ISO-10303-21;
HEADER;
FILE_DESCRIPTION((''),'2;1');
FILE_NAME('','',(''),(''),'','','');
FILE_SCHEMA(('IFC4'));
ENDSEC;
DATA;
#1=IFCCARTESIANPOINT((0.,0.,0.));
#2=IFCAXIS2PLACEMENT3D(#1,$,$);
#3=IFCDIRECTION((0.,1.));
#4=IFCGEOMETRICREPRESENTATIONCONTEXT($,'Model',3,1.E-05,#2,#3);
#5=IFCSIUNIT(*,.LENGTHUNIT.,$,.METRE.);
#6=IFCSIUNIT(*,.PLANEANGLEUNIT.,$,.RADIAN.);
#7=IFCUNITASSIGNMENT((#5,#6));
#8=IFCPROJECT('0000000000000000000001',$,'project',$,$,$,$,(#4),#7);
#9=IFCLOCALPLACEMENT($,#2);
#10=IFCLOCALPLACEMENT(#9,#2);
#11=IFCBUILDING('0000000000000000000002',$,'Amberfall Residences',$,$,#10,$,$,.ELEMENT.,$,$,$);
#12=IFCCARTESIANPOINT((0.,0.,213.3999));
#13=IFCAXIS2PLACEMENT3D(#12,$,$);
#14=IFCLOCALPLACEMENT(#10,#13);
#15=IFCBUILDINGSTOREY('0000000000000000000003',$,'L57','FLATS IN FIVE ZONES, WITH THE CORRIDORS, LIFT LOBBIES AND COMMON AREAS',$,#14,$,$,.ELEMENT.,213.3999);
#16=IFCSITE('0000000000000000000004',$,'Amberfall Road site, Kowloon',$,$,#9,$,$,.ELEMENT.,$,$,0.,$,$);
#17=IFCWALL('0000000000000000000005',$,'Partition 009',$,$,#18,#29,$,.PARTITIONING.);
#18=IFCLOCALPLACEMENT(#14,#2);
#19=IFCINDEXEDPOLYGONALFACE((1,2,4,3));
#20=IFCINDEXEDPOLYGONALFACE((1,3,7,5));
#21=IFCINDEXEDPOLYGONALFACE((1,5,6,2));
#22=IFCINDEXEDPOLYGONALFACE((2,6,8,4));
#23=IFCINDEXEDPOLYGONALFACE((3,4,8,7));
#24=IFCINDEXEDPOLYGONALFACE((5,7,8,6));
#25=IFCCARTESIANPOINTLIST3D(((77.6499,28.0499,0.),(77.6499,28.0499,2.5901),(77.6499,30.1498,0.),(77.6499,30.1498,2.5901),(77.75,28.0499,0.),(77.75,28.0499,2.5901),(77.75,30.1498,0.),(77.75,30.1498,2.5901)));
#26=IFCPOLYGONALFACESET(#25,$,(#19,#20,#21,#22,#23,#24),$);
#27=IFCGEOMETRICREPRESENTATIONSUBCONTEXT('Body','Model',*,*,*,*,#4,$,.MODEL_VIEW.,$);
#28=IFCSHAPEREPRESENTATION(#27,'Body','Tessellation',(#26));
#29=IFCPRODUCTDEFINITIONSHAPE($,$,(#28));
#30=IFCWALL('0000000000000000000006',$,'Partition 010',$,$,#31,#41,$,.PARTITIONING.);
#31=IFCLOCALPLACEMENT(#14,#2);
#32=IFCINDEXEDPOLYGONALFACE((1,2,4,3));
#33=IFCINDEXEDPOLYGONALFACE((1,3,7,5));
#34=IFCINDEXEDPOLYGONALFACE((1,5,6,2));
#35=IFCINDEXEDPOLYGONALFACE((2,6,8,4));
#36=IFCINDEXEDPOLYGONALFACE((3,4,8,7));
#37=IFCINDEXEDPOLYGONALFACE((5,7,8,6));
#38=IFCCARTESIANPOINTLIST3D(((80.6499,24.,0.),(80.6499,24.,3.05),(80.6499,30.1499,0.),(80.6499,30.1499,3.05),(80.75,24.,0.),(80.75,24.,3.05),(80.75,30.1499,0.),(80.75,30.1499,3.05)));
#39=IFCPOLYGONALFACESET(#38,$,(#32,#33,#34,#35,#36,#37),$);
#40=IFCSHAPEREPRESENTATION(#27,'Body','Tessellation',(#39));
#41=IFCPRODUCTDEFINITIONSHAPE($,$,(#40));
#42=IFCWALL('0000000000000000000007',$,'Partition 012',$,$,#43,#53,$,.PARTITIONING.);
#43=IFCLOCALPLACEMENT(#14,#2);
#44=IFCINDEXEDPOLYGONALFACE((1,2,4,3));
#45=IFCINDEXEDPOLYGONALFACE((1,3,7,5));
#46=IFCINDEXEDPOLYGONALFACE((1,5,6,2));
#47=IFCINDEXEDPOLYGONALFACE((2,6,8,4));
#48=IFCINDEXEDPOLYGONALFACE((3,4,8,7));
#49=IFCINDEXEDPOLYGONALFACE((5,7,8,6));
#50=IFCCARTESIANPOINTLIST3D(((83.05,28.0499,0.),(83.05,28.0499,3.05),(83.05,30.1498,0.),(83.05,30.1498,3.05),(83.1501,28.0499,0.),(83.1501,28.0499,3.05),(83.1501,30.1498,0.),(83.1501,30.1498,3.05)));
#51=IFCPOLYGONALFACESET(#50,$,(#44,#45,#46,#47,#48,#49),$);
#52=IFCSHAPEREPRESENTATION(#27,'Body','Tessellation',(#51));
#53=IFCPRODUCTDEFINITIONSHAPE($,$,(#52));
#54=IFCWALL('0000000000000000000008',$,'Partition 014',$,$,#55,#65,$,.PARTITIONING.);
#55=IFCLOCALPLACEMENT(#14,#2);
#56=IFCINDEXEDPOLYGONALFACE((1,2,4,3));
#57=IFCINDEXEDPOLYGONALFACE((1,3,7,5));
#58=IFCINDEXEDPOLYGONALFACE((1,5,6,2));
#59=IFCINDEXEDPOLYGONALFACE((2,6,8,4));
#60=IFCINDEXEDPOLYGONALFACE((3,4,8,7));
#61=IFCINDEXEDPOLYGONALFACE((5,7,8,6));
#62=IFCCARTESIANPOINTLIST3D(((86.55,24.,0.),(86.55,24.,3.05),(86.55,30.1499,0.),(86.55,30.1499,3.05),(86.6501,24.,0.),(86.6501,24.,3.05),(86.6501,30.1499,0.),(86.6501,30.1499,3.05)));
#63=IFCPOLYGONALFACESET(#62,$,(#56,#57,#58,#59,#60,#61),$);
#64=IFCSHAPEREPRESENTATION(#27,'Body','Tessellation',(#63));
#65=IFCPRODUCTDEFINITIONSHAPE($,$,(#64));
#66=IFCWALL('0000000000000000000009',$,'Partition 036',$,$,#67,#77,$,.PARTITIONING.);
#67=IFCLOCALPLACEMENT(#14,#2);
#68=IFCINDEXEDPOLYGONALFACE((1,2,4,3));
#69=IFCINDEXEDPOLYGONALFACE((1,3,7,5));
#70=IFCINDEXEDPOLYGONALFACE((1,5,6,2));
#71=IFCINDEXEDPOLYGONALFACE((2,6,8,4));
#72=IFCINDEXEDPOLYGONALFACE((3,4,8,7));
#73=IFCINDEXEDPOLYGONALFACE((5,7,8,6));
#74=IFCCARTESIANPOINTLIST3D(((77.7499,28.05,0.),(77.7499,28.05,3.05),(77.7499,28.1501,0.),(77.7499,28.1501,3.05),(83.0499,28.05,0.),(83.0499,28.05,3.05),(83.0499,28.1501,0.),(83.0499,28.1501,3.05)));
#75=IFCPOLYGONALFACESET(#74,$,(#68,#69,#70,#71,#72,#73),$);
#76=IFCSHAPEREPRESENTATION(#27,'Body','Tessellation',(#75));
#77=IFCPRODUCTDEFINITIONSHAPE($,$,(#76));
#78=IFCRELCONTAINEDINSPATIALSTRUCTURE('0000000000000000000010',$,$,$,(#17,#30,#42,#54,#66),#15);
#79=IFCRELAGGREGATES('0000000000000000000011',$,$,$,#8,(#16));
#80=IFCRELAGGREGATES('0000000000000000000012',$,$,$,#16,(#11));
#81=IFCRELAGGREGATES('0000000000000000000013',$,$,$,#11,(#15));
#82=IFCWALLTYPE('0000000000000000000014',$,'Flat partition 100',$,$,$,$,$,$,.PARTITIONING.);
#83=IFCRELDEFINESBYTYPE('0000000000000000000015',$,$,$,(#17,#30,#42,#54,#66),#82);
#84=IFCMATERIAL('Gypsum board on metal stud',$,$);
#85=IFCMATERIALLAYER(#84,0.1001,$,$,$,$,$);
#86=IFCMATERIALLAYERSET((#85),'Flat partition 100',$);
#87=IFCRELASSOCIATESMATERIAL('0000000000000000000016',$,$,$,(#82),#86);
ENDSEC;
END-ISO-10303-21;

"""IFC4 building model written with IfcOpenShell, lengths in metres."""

from ifc_helpers import new_model, si_unit, direction, frame, frame_2d, origin, place, context, subcontext, project, spatial, rectangle, extrude, material, layer, layer_set, type_object, element, save


model = new_model("IFC4")

# Units and contexts
model_context = context("Model", 3, precision=1e-05, world=origin(), true_north=direction((0.0, 1.0)))
body_context = subcontext(model_context, "Body", "Model", "MODEL_VIEW")
ifc_project = project(units=[si_unit("LENGTHUNIT", "METRE"), si_unit("PLANEANGLEUNIT", "RADIAN")], contexts=[model_context])

# Site, building, storey
site_placement = place(None, origin())
site = spatial("IfcSite", under=ifc_project, at=site_placement, Name="Amberfall Road site, Kowloon", CompositionType="ELEMENT", RefElevation=0.0)
building_placement = place(site_placement, origin())
building = spatial("IfcBuilding", under=site, at=building_placement, Name="Amberfall Residences", CompositionType="ELEMENT")
storey_placement = place(building_placement, frame((0.0, 0.0, 213.3999)))
storey = spatial("IfcBuildingStorey", under=building, at=storey_placement, Name="L57", Description="FLATS IN FIVE ZONES, WITH THE CORRIDORS, LIFT LOBBIES AND COMMON AREAS", CompositionType="ELEMENT", Elevation=213.3999)

# Walls
ifc_material_1 = material(Name="Gypsum board on metal stud")
ifc_layer_1 = layer(ifc_material_1, 0.1001)
ifc_layer_set_1 = layer_set([ifc_layer_1], Name="Flat partition 100")
wall_type_1 = type_object("IfcWallType", Name="Flat partition 100", PredefinedType="PARTITIONING", material=ifc_layer_set_1)
wall_1_placement = place(storey_placement, frame((77.7, 28.05, 0.0), z_axis=(0.0, 0.0, 1.0), x_axis=(0.0, 1.0, 0.0)))
element("IfcWall", 1, at=wall_1_placement, inside=storey, type_object=wall_type_1, Name="Partition 009", PredefinedType="PARTITIONING", context=body_context, shape_type="SweptSolid", body=[
    extrude(rectangle(XDim=2.0999, YDim=0.1001, at=frame_2d((1.0498, 0.0))), origin(), (0.0, 0.0, 1.0), 2.5901),
])
wall_2_placement = place(storey_placement, frame((80.7, 24.0, 0.0), z_axis=(0.0, 0.0, 1.0), x_axis=(0.0, 1.0, 0.0)))
element("IfcWall", 2, at=wall_2_placement, inside=storey, type_object=wall_type_1, Name="Partition 010", PredefinedType="PARTITIONING", context=body_context, shape_type="SweptSolid", body=[
    extrude(rectangle(XDim=6.1499, YDim=0.1001, at=frame_2d((3.075, 0.0))), origin(), (0.0, 0.0, 1.0), 3.05),
])
wall_3_placement = place(storey_placement, frame((83.1001, 28.05, 0.0), z_axis=(0.0, 0.0, 1.0), x_axis=(0.0, 1.0, 0.0)))
element("IfcWall", 3, at=wall_3_placement, inside=storey, type_object=wall_type_1, Name="Partition 012", PredefinedType="PARTITIONING", context=body_context, shape_type="SweptSolid", body=[
    extrude(rectangle(XDim=2.0999, YDim=0.1001, at=frame_2d((1.0498, 0.0))), origin(), (0.0, 0.0, 1.0), 3.05),
])
wall_4_placement = place(storey_placement, frame((86.6001, 24.0, 0.0), z_axis=(0.0, 0.0, 1.0), x_axis=(0.0, 1.0, 0.0)))
element("IfcWall", 4, at=wall_4_placement, inside=storey, type_object=wall_type_1, Name="Partition 014", PredefinedType="PARTITIONING", context=body_context, shape_type="SweptSolid", body=[
    extrude(rectangle(XDim=6.1499, YDim=0.1001, at=frame_2d((3.075, 0.0))), origin(), (0.0, 0.0, 1.0), 3.05),
])
wall_5_placement = place(storey_placement, frame((77.75, 28.1001, 0.0), z_axis=(0.0, 0.0, 1.0), x_axis=(1.0, 0.0, 0.0)))
element("IfcWall", 5, at=wall_5_placement, inside=storey, type_object=wall_type_1, Name="Partition 036", PredefinedType="PARTITIONING", context=body_context, shape_type="SweptSolid", body=[
    extrude(rectangle(XDim=5.3, YDim=0.1001, at=frame_2d((2.6499, 0.0))), origin(), (0.0, 0.0, 1.0), 3.05),
])

save(model, "model.ifc")
